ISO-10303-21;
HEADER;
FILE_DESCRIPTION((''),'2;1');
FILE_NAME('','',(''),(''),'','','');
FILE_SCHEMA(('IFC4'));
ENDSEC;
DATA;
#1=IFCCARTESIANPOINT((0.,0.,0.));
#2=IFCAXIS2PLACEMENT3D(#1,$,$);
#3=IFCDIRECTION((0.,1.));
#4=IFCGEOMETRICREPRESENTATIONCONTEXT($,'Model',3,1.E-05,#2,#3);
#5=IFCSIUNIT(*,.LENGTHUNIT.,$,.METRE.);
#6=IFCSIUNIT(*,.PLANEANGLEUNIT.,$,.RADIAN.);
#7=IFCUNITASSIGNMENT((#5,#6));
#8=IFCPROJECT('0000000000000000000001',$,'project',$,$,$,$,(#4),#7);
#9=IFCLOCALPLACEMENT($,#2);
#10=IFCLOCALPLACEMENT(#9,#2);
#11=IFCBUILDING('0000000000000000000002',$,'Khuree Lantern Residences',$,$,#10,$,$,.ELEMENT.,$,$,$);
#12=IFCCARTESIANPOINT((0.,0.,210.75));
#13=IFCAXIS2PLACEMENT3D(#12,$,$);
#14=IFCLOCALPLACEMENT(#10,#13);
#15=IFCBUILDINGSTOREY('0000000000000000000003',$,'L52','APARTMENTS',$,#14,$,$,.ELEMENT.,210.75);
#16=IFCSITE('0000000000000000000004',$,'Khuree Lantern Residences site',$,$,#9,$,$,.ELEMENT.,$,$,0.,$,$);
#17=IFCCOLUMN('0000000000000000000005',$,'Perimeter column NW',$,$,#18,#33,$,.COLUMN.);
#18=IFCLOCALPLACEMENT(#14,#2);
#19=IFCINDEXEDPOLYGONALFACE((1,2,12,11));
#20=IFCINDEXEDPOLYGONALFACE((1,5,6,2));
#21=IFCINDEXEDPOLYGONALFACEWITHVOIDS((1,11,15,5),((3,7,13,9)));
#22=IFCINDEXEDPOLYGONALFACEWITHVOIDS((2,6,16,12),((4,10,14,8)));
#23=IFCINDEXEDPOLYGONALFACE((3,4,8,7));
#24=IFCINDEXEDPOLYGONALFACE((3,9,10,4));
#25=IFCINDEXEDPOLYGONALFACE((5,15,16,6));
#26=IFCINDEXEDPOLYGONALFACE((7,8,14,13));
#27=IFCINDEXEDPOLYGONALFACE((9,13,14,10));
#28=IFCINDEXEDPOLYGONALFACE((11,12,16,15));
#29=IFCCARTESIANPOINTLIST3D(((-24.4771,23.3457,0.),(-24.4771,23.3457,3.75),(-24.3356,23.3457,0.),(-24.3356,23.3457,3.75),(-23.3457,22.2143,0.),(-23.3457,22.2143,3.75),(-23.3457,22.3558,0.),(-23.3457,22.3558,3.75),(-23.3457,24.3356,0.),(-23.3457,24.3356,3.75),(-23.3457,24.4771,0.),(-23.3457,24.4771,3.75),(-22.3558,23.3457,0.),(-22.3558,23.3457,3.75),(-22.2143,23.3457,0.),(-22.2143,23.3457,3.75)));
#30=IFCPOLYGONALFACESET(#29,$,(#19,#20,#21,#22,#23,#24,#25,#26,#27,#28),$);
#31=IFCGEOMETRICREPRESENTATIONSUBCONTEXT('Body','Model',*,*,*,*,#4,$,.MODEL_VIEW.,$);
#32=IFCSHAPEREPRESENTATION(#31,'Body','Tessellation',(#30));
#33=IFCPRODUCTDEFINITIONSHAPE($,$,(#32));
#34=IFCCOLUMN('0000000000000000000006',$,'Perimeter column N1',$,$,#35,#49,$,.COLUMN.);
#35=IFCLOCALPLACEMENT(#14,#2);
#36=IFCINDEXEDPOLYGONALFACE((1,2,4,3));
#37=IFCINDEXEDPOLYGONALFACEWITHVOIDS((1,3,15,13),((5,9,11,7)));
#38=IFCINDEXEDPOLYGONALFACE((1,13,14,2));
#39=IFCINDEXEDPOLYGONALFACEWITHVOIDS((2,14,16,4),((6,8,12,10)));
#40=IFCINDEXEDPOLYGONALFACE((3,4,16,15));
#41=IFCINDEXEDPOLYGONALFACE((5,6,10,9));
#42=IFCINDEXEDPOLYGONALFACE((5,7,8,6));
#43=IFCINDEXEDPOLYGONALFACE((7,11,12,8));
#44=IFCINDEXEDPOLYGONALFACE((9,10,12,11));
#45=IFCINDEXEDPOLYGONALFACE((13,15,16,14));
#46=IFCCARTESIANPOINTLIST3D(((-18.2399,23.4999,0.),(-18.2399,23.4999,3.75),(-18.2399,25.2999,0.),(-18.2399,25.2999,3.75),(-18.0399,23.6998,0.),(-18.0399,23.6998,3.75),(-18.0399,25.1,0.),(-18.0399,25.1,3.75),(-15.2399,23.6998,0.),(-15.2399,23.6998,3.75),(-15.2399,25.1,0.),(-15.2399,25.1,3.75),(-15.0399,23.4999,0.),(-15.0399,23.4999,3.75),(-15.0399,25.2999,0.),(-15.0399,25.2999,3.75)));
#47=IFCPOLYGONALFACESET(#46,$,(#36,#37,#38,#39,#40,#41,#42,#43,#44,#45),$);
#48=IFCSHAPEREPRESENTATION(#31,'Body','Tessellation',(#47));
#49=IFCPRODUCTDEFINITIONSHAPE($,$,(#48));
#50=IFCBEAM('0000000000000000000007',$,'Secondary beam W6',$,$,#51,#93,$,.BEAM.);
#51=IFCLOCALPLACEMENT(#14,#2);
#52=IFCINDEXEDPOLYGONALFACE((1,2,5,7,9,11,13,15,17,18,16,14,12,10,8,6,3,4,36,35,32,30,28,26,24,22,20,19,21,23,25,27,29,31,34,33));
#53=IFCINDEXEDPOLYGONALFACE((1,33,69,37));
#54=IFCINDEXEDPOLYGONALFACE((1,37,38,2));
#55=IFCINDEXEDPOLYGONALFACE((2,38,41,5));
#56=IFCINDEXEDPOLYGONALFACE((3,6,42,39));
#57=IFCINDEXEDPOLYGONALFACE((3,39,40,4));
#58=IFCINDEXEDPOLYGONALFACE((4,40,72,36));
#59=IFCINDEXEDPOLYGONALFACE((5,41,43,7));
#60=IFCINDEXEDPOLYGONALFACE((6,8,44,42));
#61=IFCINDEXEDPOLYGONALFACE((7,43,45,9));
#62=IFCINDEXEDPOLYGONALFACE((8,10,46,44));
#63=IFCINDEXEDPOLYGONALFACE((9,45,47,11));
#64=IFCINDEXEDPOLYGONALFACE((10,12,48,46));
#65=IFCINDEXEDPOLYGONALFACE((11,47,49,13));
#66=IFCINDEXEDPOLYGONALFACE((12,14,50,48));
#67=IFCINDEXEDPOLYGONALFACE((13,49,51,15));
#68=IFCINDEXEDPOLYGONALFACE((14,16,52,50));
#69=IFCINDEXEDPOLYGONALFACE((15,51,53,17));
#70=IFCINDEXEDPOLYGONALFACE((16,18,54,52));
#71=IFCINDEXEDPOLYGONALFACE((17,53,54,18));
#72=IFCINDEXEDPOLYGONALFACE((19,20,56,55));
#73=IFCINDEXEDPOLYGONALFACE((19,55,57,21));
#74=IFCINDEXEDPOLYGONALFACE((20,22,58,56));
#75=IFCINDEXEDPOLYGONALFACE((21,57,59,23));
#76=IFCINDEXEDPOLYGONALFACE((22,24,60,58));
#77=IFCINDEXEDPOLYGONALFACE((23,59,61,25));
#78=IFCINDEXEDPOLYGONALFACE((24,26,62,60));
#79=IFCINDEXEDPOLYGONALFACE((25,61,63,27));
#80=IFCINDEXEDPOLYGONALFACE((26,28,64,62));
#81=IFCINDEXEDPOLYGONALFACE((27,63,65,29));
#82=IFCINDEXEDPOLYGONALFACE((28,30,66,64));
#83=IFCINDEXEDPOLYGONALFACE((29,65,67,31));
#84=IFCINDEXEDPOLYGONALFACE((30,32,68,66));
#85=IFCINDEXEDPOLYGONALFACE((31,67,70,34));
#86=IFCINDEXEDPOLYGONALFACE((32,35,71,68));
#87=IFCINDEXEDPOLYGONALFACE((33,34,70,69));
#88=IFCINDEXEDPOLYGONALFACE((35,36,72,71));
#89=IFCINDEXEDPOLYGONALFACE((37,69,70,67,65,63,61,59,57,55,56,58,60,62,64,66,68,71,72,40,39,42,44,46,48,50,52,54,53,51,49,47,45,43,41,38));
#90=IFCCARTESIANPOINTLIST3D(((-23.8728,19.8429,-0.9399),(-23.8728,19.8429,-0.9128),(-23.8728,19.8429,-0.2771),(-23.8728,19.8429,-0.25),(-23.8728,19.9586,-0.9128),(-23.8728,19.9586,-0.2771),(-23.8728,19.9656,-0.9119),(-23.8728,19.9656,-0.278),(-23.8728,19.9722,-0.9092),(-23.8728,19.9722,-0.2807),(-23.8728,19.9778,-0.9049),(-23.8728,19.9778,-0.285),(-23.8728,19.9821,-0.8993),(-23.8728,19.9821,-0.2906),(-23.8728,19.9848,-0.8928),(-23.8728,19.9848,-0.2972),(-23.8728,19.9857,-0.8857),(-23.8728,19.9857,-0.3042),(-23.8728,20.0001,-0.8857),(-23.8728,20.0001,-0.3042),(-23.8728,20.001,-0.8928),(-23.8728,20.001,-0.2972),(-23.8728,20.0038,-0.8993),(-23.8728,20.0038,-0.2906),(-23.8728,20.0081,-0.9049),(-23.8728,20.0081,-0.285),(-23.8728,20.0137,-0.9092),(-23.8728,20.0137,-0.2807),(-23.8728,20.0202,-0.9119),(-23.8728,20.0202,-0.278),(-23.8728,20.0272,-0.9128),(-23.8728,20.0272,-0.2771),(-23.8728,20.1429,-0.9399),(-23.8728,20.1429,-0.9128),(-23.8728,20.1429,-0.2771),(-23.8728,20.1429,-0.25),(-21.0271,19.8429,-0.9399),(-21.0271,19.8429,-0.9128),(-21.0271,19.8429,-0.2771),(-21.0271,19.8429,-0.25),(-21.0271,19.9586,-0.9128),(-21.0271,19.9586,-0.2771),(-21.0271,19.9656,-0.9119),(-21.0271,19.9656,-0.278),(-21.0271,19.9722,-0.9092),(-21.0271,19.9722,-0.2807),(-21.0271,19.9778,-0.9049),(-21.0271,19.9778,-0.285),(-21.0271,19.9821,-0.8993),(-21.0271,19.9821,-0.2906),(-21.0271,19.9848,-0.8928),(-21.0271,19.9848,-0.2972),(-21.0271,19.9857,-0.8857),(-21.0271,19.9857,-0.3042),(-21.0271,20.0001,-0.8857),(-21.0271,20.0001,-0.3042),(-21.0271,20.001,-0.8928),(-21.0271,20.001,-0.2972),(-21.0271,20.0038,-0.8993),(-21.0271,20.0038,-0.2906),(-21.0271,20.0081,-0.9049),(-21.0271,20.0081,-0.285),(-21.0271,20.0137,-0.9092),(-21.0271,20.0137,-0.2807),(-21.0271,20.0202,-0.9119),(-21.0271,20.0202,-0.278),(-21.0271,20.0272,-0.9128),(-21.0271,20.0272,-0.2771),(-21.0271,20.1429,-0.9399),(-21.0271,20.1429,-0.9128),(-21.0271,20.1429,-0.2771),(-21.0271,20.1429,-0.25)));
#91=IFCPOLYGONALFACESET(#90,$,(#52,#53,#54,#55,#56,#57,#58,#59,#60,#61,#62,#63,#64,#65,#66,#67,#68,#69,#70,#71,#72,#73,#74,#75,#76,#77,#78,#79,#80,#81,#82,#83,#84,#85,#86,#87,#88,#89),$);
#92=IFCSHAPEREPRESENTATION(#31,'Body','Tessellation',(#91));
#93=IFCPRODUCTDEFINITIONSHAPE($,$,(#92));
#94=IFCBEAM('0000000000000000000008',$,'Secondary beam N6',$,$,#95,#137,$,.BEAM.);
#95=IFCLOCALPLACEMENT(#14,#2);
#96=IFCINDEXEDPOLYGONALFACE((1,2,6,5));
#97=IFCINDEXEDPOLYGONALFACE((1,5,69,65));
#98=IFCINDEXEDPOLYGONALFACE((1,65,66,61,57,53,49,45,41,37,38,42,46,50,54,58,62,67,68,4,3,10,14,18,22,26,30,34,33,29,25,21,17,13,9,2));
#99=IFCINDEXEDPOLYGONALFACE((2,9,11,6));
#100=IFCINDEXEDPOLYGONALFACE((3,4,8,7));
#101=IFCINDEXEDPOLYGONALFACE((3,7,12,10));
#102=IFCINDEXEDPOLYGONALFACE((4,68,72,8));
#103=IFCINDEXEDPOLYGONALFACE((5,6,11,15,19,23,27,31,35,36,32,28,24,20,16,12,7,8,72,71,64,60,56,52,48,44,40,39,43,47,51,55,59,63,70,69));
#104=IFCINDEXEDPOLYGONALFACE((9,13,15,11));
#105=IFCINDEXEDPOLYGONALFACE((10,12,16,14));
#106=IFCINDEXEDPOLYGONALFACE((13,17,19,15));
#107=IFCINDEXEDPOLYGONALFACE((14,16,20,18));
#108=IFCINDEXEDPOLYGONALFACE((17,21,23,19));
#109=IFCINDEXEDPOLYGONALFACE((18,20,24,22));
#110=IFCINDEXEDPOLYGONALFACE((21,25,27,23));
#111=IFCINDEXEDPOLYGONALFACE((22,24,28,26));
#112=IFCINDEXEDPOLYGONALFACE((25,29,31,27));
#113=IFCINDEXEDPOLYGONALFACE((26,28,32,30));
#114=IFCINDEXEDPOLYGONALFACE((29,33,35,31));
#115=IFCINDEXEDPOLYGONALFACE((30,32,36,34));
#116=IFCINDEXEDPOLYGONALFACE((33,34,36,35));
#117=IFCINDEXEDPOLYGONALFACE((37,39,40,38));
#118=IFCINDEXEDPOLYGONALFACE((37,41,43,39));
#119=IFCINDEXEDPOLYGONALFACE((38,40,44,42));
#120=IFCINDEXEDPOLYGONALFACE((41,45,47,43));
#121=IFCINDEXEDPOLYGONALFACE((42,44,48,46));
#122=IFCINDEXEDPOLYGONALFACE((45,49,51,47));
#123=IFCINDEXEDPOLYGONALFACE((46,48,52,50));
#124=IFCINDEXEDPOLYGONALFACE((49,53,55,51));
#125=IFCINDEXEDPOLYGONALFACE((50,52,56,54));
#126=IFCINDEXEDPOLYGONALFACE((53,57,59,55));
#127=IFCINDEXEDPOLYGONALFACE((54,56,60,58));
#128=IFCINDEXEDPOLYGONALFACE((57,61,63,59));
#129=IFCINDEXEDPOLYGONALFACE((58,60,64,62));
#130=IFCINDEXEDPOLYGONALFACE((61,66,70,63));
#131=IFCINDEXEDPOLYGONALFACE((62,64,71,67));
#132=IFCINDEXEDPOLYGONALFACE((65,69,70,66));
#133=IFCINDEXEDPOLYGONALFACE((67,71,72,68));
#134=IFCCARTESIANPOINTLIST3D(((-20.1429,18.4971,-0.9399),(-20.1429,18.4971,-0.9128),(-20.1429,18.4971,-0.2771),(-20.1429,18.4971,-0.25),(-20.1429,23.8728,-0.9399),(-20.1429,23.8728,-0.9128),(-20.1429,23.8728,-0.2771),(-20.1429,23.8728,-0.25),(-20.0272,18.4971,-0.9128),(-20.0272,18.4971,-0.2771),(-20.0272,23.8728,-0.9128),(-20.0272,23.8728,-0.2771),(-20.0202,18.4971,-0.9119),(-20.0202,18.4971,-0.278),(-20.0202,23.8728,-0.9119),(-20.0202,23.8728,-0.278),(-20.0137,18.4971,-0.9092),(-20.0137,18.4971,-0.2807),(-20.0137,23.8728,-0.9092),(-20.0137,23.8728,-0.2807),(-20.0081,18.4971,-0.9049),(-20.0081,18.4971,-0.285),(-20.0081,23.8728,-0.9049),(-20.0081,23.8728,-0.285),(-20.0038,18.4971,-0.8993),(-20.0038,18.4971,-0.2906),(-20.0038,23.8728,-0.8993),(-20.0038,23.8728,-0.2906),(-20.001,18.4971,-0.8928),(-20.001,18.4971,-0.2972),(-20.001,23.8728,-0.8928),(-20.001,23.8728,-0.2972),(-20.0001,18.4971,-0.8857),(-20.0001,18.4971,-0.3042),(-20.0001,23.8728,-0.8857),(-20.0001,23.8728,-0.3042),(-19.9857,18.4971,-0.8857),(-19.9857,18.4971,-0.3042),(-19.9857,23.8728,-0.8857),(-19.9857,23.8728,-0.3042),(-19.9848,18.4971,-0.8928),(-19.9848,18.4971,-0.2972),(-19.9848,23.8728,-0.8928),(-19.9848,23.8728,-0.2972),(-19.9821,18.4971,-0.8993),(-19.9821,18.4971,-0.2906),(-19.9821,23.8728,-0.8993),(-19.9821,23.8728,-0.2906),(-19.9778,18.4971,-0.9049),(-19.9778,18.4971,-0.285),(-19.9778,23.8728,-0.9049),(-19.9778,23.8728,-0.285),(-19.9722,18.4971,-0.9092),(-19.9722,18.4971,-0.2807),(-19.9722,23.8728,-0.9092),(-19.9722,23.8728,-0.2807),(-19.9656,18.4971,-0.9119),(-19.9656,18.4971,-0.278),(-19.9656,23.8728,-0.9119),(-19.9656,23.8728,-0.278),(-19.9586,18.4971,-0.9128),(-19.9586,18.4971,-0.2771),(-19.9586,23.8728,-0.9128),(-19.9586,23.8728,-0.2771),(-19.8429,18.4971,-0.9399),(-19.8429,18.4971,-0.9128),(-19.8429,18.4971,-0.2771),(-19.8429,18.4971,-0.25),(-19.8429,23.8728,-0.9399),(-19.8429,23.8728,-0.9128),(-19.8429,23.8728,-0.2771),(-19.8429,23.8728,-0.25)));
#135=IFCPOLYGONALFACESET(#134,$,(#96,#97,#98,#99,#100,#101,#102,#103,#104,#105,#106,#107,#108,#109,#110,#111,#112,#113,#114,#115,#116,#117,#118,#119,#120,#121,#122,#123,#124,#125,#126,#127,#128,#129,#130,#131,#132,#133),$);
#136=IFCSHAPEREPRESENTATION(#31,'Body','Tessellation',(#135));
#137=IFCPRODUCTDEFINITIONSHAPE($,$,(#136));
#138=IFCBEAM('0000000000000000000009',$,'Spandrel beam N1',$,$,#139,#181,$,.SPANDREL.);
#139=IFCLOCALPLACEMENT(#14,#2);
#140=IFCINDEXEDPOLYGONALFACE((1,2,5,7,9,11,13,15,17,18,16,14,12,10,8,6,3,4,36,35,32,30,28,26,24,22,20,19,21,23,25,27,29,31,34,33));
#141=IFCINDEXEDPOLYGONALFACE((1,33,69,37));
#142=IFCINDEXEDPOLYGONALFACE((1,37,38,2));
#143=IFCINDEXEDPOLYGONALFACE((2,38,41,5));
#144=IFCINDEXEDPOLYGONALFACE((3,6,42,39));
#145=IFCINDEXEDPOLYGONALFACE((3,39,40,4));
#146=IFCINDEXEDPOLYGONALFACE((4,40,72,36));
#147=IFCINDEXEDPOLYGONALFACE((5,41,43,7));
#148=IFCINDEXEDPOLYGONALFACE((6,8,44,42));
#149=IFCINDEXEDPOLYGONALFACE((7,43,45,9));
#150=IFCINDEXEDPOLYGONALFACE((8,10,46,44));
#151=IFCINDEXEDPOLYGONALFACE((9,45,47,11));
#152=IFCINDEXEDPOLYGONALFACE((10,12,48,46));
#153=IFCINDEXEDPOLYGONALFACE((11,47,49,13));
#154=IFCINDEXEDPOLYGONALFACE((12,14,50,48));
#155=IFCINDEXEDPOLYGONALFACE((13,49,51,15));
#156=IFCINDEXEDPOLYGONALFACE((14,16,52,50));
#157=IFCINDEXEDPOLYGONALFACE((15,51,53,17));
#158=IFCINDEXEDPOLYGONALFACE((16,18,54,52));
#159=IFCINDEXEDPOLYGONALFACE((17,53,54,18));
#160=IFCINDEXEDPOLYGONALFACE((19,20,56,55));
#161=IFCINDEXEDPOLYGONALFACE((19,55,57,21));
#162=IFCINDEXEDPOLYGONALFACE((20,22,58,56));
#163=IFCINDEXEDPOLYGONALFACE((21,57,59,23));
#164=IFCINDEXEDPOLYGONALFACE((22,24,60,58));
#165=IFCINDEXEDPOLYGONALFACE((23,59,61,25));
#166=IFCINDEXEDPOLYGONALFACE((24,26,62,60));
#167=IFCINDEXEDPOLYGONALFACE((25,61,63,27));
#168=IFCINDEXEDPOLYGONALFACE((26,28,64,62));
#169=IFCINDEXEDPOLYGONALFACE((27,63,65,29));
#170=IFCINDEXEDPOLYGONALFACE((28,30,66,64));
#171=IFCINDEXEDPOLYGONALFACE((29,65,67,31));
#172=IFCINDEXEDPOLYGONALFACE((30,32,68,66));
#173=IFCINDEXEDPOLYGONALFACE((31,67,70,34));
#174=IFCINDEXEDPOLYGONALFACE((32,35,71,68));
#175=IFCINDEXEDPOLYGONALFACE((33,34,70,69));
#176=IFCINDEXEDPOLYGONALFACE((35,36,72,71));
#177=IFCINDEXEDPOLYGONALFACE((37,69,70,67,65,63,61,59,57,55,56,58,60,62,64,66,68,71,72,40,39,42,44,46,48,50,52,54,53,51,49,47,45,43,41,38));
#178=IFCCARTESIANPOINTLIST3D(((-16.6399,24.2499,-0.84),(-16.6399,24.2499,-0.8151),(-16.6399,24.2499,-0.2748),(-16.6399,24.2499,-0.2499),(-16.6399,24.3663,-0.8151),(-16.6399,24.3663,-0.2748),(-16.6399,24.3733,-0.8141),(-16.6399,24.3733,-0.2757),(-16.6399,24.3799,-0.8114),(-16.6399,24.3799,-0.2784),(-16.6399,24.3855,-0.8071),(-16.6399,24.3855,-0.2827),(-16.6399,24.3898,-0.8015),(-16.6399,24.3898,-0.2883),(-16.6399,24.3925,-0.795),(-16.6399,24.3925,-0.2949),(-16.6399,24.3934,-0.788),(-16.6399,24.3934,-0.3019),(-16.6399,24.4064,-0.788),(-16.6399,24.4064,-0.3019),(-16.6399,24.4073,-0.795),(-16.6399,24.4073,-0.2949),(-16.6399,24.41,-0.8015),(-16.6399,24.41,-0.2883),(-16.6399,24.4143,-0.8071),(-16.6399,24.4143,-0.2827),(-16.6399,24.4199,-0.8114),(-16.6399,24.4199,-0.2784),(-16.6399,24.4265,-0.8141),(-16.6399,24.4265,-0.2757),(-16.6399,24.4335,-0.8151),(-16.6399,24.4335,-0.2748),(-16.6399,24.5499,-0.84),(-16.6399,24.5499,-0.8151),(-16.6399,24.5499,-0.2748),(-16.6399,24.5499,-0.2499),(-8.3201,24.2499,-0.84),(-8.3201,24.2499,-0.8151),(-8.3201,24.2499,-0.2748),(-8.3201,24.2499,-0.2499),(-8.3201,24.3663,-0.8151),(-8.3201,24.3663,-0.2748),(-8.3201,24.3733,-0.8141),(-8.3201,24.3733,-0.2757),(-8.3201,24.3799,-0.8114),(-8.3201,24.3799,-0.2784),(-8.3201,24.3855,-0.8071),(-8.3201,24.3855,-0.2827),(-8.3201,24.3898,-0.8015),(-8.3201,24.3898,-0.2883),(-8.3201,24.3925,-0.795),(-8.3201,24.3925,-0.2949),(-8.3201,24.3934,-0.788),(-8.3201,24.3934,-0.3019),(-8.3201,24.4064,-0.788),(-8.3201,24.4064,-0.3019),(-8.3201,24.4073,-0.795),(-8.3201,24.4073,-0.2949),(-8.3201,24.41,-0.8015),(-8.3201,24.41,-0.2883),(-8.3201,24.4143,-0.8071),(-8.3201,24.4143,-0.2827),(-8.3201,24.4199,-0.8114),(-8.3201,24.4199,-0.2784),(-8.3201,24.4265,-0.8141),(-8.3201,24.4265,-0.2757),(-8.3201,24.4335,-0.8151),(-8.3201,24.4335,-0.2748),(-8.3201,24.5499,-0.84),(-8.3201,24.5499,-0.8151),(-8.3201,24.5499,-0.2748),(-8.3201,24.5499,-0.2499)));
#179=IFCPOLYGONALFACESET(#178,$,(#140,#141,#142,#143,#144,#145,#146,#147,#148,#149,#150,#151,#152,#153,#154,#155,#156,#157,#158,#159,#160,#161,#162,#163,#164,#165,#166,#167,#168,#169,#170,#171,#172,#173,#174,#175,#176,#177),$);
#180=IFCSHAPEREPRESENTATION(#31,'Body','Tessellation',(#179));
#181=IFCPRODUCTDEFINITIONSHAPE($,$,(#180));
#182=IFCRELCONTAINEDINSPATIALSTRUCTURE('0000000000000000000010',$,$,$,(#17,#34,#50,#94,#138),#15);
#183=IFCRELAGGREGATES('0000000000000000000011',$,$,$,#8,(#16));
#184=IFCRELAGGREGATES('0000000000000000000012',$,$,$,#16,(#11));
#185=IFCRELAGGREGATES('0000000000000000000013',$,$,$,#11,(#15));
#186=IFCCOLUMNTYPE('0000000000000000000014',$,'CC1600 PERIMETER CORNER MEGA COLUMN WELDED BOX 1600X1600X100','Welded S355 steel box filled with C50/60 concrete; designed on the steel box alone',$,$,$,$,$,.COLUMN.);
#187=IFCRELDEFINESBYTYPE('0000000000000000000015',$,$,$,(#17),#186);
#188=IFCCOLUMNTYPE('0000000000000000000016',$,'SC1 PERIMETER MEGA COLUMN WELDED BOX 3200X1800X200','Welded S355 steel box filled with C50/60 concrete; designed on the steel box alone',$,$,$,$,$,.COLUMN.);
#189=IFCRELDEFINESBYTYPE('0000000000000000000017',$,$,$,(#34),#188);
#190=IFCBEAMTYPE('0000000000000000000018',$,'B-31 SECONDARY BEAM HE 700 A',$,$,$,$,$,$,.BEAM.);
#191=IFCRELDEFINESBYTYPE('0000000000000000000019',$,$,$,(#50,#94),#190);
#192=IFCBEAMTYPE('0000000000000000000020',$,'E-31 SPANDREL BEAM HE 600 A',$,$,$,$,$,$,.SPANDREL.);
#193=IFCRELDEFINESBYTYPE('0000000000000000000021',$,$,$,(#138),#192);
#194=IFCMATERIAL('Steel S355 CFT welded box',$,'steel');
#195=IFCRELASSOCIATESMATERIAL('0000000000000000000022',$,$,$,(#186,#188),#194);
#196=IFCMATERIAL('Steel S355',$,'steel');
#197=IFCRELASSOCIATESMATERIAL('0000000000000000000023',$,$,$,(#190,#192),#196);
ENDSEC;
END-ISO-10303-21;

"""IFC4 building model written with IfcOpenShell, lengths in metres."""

from ifc_helpers import new_model, si_unit, direction, frame, origin, origin_2d, place, context, subcontext, project, spatial, hollow_rectangle, i_section, extrude, material, material_profile, profile_set, type_object, element, save


model = new_model("IFC4")

# Units and contexts
model_context = context("Model", 3, precision=1e-05, world=origin(), true_north=direction((0.0, 1.0)))
body_context = subcontext(model_context, "Body", "Model", "MODEL_VIEW")
ifc_project = project(units=[si_unit("LENGTHUNIT", "METRE"), si_unit("PLANEANGLEUNIT", "RADIAN")], contexts=[model_context])

# Site, building, storey
site_placement = place(None, origin())
site = spatial("IfcSite", under=ifc_project, at=site_placement, Name="Khuree Lantern Residences site", CompositionType="ELEMENT", RefElevation=0.0)
building_placement = place(site_placement, origin())
building = spatial("IfcBuilding", under=site, at=building_placement, Name="Khuree Lantern Residences", CompositionType="ELEMENT")
storey_placement = place(building_placement, frame((0.0, 0.0, 210.75)))
storey = spatial("IfcBuildingStorey", under=building, at=storey_placement, Name="L52", Description="APARTMENTS", CompositionType="ELEMENT", Elevation=210.75)

# Columns
ifc_material_1 = material(Name="Steel S355 CFT welded box", Category="steel")
ifc_material_profile_1 = material_profile(ifc_material_1, hollow_rectangle(XDim=1.6001, YDim=1.6001, WallThickness=0.1001, at=origin_2d()), Name="WELDED BOX 1600X1600X100")
ifc_profile_set_1 = profile_set([ifc_material_profile_1], Name="Steel S355 CFT welded box")
column_type_1 = type_object("IfcColumnType", Name="CC1600 PERIMETER CORNER MEGA COLUMN WELDED BOX 1600X1600X100", Description="Welded S355 steel box filled with C50/60 concrete; designed on the steel box alone", PredefinedType="COLUMN", material=ifc_profile_set_1)
column_1_placement = place(storey_placement, frame((-23.3457, 23.3457, 0.0), z_axis=(0.0, 0.0, 1.0), x_axis=(0.707107, 0.707107, 0.0)))
element("IfcColumn", 1, at=column_1_placement, inside=storey, type_object=column_type_1, Name="Perimeter column NW", PredefinedType="COLUMN", context=body_context, shape_type="SweptSolid", body=[
    extrude(hollow_rectangle(XDim=1.6001, YDim=1.6001, WallThickness=0.1001, at=origin_2d()), origin(), (0.0, 0.0, 1.0), 3.75),
])
ifc_material_profile_2 = material_profile(ifc_material_1, hollow_rectangle(XDim=3.2, YDim=1.8, WallThickness=0.2, at=origin_2d()), Name="WELDED BOX 3200X1800X200")
ifc_profile_set_2 = profile_set([ifc_material_profile_2], Name="Steel S355 CFT welded box")
column_type_2 = type_object("IfcColumnType", Name="SC1 PERIMETER MEGA COLUMN WELDED BOX 3200X1800X200", Description="Welded S355 steel box filled with C50/60 concrete; designed on the steel box alone", PredefinedType="COLUMN", material=ifc_profile_set_2)
column_2_placement = place(storey_placement, frame((-16.6399, 24.3999, 0.0), z_axis=(0.0, 0.0, 1.0), x_axis=(1.0, 0.0, 0.0)))
element("IfcColumn", 2, at=column_2_placement, inside=storey, type_object=column_type_2, Name="Perimeter column N1", PredefinedType="COLUMN", context=body_context, shape_type="SweptSolid", body=[
    extrude(hollow_rectangle(XDim=3.2, YDim=1.8, WallThickness=0.2, at=origin_2d()), origin(), (0.0, 0.0, 1.0), 3.75),
])

# Beams
ifc_material_2 = material(Name="Steel S355", Category="steel")
ifc_material_profile_3 = material_profile(ifc_material_2, i_section(OverallWidth=0.3, OverallDepth=0.6899, WebThickness=0.0144, FlangeThickness=0.0271, FilletRadius=0.0271, at=origin_2d()), Name="HE 700 A")
ifc_profile_set_3 = profile_set([ifc_material_profile_3], Name="Steel S355")
beam_type_1 = type_object("IfcBeamType", Name="B-31 SECONDARY BEAM HE 700 A", PredefinedType="BEAM", material=ifc_profile_set_3)
beam_1_placement = place(storey_placement, frame((-23.8728, 19.9929, -0.595), z_axis=(1.0, 0.0, 0.0), x_axis=(0.0, 1.0, 0.0)))
element("IfcBeam", 3, at=beam_1_placement, inside=storey, type_object=beam_type_1, Name="Secondary beam W6", PredefinedType="BEAM", context=body_context, shape_type="SweptSolid", body=[
    extrude(i_section(OverallWidth=0.3, OverallDepth=0.6899, WebThickness=0.0144, FlangeThickness=0.0271, FilletRadius=0.0271, at=origin_2d()), origin(), (0.0, 0.0, 1.0), 2.8457),
])
beam_2_placement = place(storey_placement, frame((-19.9929, 23.8728, -0.595), z_axis=(0.0, -1.0, 0.0), x_axis=(1.0, 0.0, 0.0)))
element("IfcBeam", 4, at=beam_2_placement, inside=storey, type_object=beam_type_1, Name="Secondary beam N6", PredefinedType="BEAM", context=body_context, shape_type="SweptSolid", body=[
    extrude(i_section(OverallWidth=0.3, OverallDepth=0.6899, WebThickness=0.0144, FlangeThickness=0.0271, FilletRadius=0.0271, at=origin_2d()), origin(), (0.0, 0.0, 1.0), 5.3757),
])
ifc_material_profile_4 = material_profile(ifc_material_2, i_section(OverallWidth=0.3, OverallDepth=0.5901, WebThickness=0.0129, FlangeThickness=0.0249, FilletRadius=0.0271, at=origin_2d()), Name="HE 600 A")
ifc_profile_set_4 = profile_set([ifc_material_profile_4], Name="Steel S355")
beam_type_2 = type_object("IfcBeamType", Name="E-31 SPANDREL BEAM HE 600 A", PredefinedType="SPANDREL", material=ifc_profile_set_4)
beam_3_placement = place(storey_placement, frame((-16.6399, 24.3999, -0.5449), z_axis=(1.0, 0.0, 0.0), x_axis=(0.0, 1.0, 0.0)))
element("IfcBeam", 5, at=beam_3_placement, inside=storey, type_object=beam_type_2, Name="Spandrel beam N1", PredefinedType="SPANDREL", context=body_context, shape_type="SweptSolid", body=[
    extrude(i_section(OverallWidth=0.3, OverallDepth=0.5901, WebThickness=0.0129, FlangeThickness=0.0249, FilletRadius=0.0271, at=origin_2d()), origin(), (0.0, 0.0, 1.0), 8.3198),
])

save(model, "model.ifc")
